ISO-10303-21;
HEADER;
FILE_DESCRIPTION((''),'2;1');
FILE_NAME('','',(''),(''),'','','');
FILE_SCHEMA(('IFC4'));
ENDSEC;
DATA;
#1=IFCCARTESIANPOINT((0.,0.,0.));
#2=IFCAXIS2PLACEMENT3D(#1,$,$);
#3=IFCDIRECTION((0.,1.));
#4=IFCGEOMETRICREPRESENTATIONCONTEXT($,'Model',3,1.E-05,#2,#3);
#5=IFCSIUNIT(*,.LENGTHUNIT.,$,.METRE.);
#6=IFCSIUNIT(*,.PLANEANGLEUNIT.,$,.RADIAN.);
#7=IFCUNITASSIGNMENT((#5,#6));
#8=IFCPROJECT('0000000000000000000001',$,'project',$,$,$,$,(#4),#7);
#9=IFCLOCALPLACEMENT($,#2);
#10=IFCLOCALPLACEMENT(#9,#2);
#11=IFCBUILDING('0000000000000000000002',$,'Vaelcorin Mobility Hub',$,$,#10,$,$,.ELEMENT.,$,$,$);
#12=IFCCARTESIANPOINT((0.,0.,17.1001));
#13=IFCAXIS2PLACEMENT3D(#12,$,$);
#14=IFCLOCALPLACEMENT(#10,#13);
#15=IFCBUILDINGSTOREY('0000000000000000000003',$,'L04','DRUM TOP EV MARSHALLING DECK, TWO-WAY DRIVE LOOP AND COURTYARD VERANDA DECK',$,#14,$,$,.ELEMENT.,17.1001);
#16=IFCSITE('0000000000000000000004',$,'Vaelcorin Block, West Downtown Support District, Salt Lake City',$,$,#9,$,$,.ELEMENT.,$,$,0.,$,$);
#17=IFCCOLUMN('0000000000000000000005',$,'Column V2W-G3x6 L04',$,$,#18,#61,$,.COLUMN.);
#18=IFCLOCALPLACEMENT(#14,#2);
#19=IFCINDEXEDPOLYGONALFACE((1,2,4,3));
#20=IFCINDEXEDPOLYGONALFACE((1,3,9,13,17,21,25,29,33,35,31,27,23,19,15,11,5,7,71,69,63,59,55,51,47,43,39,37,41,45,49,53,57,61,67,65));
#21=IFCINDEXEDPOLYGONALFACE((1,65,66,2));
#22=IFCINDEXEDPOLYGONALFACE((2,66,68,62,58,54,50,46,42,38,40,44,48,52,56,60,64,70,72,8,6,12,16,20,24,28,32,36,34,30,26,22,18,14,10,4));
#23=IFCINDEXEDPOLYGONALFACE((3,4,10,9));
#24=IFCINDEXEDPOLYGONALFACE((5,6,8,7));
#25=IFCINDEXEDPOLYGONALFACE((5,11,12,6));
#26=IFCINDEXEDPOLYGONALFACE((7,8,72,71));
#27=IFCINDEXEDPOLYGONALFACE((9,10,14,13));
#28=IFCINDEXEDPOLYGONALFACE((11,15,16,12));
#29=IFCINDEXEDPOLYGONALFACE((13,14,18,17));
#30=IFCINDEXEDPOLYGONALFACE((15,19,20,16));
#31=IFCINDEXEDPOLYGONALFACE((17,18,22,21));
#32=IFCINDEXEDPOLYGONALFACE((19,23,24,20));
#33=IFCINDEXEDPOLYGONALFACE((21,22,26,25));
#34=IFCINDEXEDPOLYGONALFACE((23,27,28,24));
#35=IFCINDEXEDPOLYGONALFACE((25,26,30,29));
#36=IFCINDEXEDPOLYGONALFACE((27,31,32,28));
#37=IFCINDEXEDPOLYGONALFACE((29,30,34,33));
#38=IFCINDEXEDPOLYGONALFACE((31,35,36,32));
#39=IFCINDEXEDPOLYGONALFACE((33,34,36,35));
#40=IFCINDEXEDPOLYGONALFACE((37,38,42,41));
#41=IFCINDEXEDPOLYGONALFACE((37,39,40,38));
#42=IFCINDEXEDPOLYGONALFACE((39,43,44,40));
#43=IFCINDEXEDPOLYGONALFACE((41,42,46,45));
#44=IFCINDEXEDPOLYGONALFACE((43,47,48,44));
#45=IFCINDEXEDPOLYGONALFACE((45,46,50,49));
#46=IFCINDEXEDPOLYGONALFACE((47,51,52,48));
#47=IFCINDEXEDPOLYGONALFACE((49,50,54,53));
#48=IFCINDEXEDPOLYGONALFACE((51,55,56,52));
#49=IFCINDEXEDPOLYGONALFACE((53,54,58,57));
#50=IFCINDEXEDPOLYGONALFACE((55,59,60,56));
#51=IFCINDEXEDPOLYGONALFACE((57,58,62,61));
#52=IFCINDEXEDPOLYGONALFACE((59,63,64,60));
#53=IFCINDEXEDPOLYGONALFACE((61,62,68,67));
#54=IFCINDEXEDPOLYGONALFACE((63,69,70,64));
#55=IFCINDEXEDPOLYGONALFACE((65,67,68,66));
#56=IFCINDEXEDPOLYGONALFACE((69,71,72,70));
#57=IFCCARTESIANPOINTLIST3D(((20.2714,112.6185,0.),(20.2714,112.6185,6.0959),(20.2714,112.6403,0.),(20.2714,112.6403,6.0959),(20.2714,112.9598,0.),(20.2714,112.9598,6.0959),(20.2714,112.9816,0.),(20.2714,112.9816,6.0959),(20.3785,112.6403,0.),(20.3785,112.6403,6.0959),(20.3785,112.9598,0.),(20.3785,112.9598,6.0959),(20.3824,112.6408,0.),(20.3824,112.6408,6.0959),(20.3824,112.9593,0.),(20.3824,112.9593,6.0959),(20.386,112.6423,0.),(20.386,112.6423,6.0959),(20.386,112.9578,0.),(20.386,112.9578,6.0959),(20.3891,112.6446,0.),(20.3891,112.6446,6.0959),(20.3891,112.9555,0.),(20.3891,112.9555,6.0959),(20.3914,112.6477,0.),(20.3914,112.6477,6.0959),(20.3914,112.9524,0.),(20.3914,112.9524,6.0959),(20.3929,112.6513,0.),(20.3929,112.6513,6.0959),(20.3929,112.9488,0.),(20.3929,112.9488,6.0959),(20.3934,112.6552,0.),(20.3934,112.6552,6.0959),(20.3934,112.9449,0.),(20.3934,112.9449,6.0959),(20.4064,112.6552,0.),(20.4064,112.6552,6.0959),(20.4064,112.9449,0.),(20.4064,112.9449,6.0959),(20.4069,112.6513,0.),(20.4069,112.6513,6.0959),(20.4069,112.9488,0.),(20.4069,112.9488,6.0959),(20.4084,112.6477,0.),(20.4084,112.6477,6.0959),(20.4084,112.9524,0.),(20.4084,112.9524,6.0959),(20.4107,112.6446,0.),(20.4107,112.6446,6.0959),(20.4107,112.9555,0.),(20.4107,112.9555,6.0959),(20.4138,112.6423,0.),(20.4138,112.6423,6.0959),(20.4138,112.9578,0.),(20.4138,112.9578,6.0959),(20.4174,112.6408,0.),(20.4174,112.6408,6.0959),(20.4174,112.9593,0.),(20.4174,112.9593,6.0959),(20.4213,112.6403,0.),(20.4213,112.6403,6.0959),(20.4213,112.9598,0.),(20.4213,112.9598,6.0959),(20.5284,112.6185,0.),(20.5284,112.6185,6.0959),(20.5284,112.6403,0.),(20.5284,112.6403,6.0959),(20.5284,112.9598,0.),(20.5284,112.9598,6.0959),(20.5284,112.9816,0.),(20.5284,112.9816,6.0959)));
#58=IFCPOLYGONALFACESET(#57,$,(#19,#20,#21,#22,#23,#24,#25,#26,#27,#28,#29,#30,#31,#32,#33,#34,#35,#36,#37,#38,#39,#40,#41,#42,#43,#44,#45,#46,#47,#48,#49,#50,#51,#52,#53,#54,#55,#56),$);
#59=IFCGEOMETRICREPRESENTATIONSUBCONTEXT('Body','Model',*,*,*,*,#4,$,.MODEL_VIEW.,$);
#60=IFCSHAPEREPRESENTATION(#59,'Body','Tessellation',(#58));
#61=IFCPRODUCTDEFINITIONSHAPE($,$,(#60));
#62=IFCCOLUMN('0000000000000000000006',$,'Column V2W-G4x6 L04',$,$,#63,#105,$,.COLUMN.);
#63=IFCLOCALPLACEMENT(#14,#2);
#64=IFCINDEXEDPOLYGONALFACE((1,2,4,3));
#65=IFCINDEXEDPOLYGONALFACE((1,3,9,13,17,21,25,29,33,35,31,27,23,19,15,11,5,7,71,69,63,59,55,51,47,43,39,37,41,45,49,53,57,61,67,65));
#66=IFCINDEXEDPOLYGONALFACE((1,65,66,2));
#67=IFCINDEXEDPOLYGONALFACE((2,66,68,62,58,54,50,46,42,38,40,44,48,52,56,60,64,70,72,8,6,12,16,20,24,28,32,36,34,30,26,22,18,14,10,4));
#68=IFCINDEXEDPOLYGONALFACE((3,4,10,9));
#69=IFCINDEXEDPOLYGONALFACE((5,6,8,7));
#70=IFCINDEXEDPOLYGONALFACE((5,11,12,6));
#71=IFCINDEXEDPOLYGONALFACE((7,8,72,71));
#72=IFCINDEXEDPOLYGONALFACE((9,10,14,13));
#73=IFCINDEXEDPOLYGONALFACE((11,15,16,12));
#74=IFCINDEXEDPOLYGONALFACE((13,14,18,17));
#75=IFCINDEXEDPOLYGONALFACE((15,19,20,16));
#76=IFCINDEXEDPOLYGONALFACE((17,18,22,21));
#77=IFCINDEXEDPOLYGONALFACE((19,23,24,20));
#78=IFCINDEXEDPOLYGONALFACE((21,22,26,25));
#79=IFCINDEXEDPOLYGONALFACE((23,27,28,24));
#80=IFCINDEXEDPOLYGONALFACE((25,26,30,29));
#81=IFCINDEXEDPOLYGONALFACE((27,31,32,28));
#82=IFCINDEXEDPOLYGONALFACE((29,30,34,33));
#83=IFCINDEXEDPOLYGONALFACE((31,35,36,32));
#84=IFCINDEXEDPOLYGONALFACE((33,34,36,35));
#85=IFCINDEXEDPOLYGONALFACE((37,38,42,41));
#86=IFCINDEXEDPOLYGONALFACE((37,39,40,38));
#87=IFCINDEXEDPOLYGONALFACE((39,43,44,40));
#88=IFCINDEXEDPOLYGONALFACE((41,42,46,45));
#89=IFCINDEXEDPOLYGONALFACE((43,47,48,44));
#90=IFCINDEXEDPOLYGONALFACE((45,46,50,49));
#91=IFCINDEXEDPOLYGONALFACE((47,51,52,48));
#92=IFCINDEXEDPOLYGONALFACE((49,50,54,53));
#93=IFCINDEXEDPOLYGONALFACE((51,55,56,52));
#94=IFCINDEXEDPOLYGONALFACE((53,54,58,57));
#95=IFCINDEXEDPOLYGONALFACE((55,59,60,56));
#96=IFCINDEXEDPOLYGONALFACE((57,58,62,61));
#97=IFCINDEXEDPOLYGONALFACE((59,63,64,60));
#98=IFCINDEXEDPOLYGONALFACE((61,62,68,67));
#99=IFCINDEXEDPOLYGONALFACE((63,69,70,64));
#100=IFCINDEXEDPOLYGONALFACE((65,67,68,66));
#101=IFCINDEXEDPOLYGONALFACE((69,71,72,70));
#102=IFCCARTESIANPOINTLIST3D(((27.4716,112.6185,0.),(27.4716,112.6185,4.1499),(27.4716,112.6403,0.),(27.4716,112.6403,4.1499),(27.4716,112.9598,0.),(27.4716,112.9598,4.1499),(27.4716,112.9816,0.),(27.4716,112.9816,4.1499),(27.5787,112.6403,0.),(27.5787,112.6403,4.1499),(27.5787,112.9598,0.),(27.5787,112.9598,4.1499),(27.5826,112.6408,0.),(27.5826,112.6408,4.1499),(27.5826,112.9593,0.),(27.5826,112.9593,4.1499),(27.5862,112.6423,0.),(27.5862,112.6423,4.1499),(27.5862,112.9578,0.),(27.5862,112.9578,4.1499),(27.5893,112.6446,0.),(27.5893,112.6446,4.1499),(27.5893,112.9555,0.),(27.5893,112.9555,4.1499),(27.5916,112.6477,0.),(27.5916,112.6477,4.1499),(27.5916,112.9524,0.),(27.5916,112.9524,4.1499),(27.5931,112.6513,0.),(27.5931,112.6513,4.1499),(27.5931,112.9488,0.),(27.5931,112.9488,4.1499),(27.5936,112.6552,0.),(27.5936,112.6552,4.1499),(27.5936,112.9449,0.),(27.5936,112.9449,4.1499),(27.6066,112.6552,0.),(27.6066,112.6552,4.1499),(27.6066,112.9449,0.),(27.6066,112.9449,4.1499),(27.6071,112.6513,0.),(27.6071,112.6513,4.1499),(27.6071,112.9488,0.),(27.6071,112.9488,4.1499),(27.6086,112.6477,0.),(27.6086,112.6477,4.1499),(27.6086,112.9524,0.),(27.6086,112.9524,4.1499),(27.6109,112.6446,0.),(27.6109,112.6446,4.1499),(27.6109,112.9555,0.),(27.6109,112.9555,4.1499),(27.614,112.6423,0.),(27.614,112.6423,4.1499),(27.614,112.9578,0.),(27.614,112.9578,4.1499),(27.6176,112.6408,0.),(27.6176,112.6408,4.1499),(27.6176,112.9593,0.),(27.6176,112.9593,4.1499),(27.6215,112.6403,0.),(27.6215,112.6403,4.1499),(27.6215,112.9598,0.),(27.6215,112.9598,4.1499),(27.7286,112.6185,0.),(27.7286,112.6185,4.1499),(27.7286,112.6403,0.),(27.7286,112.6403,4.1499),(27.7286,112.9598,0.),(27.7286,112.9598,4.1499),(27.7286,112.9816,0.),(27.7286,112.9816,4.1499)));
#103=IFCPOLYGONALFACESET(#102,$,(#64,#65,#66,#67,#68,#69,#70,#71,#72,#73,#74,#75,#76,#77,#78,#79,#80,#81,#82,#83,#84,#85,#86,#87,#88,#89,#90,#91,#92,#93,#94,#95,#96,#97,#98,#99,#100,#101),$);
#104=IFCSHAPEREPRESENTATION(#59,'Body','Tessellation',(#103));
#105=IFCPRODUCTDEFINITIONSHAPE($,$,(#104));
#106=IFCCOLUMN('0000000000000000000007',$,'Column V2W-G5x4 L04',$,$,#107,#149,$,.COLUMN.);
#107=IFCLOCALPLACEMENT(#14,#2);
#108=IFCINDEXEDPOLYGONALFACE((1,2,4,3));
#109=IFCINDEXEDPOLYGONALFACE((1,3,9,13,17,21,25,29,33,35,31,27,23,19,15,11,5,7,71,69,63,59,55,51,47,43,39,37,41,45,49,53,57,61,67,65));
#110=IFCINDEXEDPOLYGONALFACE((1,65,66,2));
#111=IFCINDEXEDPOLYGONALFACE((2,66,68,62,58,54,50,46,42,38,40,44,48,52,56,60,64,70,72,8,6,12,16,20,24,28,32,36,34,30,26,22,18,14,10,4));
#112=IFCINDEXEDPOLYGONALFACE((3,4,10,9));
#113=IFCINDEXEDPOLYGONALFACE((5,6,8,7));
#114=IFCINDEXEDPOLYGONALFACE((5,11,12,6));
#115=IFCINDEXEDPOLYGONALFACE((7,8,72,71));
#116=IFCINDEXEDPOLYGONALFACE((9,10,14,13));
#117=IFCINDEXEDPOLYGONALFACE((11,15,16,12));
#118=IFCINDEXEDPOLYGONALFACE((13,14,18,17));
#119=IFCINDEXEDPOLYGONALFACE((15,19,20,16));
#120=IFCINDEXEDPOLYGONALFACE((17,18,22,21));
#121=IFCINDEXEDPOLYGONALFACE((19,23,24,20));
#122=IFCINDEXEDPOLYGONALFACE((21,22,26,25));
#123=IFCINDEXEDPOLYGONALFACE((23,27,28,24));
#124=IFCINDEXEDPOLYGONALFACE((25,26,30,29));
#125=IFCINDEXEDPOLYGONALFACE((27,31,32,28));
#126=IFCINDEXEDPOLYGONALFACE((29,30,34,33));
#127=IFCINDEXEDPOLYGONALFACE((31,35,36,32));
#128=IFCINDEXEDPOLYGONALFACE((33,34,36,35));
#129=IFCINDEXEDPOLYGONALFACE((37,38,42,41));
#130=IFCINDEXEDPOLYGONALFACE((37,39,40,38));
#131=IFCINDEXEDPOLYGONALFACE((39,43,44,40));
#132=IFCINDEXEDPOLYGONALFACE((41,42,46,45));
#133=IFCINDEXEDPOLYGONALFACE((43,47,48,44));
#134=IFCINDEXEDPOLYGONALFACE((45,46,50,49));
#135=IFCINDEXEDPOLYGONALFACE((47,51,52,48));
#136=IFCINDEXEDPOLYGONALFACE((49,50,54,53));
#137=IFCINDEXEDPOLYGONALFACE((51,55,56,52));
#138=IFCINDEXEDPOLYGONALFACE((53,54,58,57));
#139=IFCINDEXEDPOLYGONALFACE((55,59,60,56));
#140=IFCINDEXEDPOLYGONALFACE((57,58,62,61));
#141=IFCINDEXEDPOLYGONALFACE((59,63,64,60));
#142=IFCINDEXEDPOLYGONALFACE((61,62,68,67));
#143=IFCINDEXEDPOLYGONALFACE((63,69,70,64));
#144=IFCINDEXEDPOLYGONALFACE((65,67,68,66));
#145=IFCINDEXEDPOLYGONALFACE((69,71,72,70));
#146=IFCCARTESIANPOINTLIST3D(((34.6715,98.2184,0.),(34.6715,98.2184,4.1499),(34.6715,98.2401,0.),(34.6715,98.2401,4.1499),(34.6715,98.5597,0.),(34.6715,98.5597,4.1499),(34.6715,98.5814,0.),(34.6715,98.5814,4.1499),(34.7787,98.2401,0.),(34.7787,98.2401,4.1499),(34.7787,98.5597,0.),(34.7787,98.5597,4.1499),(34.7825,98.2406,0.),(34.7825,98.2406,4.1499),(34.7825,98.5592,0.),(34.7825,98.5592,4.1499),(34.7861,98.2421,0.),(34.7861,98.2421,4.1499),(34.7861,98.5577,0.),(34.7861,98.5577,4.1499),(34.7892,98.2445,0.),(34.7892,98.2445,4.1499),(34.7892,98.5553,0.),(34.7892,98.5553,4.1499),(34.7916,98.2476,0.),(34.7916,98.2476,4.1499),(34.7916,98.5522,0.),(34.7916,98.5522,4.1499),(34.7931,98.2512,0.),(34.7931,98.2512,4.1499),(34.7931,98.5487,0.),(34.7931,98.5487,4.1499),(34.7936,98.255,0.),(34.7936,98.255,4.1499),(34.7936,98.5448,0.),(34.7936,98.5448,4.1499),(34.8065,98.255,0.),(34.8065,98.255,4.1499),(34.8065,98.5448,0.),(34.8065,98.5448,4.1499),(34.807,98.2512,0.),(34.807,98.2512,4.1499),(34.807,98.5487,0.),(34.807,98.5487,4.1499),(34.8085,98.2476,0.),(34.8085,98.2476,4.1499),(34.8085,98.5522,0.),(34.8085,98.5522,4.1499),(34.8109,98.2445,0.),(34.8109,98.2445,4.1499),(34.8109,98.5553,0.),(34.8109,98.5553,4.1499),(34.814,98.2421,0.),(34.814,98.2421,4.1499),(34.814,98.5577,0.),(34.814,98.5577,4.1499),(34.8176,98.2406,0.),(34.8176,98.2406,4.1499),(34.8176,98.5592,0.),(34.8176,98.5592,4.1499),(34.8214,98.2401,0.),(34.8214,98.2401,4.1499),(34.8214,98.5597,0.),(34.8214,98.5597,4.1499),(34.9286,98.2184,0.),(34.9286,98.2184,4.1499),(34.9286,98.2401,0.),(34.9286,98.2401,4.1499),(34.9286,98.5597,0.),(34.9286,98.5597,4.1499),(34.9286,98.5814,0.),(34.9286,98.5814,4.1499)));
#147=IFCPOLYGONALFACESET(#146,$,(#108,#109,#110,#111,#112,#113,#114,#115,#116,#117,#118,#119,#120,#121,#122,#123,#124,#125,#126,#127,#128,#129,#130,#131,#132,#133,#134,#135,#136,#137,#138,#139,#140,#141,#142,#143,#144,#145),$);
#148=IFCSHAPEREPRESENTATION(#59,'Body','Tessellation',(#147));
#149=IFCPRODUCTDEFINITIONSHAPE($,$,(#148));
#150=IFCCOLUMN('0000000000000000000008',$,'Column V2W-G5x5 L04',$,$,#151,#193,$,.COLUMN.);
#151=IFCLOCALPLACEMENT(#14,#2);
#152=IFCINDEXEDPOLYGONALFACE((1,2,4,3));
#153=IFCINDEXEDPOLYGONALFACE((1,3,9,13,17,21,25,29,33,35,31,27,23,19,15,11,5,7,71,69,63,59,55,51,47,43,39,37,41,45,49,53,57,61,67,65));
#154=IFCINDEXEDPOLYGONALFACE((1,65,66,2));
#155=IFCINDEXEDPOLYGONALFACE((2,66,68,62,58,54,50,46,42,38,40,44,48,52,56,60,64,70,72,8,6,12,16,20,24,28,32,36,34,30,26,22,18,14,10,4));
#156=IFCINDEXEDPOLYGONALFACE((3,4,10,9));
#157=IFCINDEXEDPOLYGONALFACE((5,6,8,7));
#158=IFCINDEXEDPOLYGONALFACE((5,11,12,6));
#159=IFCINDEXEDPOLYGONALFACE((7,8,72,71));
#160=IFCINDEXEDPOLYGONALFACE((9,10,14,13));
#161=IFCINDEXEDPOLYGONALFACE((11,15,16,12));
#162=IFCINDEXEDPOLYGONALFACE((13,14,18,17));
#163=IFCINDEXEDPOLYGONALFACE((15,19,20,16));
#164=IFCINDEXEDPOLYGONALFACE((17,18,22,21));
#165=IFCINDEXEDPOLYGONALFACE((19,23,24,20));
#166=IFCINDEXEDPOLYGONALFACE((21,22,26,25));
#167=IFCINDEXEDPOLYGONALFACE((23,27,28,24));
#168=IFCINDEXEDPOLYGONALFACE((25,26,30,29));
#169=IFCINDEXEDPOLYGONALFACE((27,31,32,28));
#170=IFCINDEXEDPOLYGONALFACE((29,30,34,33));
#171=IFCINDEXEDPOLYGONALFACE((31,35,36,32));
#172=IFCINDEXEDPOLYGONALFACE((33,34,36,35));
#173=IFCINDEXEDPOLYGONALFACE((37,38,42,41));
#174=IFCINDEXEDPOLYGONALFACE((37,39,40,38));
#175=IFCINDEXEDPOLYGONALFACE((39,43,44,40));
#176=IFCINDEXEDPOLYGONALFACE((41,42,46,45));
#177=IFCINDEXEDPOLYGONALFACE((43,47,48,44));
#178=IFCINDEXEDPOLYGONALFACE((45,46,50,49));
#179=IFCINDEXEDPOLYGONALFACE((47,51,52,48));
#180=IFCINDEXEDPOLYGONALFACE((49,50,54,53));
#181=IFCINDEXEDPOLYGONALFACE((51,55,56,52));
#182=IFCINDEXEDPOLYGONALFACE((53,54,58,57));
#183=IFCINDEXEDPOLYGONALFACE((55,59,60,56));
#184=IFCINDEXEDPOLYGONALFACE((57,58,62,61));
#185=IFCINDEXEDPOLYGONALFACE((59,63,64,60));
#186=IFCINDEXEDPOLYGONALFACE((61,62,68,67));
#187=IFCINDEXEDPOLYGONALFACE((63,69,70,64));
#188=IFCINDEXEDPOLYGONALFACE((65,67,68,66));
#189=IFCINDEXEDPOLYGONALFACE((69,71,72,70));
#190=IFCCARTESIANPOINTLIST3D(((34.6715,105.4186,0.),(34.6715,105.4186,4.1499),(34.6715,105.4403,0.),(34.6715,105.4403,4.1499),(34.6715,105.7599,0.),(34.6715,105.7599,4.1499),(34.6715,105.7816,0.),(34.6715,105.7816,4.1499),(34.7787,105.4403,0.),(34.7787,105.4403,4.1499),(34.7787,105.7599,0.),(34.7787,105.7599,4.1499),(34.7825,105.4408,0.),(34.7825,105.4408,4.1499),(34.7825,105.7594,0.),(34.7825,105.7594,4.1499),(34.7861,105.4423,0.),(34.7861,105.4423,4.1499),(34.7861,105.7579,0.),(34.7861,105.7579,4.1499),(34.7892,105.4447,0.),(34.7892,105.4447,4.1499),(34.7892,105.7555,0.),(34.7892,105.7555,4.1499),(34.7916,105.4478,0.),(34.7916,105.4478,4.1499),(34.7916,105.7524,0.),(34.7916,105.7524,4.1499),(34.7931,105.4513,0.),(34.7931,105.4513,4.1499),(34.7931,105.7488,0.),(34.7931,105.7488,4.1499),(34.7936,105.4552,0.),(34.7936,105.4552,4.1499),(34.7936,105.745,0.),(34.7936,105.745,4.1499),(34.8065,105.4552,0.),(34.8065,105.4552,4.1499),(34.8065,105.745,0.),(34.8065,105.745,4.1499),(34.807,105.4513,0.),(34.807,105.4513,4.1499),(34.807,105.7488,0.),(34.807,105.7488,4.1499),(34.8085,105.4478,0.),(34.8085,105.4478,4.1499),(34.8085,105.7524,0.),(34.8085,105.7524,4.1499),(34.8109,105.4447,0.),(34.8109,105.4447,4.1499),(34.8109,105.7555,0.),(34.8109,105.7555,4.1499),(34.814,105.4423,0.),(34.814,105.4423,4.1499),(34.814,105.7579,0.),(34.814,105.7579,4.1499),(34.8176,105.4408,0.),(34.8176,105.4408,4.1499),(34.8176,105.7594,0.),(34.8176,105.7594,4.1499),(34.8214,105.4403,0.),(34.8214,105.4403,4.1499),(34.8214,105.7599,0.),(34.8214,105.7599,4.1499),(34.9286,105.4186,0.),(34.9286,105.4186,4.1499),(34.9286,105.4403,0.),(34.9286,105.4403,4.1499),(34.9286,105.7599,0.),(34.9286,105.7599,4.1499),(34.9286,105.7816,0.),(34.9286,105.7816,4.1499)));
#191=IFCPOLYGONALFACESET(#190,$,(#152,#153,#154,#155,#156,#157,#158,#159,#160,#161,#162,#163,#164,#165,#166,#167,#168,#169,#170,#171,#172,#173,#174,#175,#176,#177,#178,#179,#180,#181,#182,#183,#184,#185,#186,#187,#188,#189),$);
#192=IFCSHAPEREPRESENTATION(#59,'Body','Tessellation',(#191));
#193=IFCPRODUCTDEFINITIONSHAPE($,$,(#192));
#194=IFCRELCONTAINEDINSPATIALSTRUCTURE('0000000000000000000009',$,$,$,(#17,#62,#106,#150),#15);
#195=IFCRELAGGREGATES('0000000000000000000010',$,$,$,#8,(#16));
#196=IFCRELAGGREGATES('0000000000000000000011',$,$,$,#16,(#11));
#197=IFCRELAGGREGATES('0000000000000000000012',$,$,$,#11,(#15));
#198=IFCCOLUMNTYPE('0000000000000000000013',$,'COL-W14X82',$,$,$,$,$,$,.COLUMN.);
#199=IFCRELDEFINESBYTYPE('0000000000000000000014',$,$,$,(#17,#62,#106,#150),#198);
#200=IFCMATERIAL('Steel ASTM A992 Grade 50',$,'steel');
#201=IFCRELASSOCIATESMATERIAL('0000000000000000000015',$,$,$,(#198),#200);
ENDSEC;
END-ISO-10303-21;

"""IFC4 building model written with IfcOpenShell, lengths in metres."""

from ifc_helpers import new_model, si_unit, direction, frame, origin, origin_2d, place, context, subcontext, project, spatial, i_section, extrude, material, material_profile, profile_set, type_object, element, save


model = new_model("IFC4")

# Units and contexts
model_context = context("Model", 3, precision=1e-05, world=origin(), true_north=direction((0.0, 1.0)))
body_context = subcontext(model_context, "Body", "Model", "MODEL_VIEW")
ifc_project = project(units=[si_unit("LENGTHUNIT", "METRE"), si_unit("PLANEANGLEUNIT", "RADIAN")], contexts=[model_context])

# Site, building, storey
site_placement = place(None, origin())
site = spatial("IfcSite", under=ifc_project, at=site_placement, Name="Vaelcorin Block, West Downtown Support District, Salt Lake City", CompositionType="ELEMENT", RefElevation=0.0)
building_placement = place(site_placement, origin())
building = spatial("IfcBuilding", under=site, at=building_placement, Name="Vaelcorin Mobility Hub", CompositionType="ELEMENT")
storey_placement = place(building_placement, frame((0.0, 0.0, 17.1001)))
storey = spatial("IfcBuildingStorey", under=building, at=storey_placement, Name="L04", Description="DRUM TOP EV MARSHALLING DECK, TWO-WAY DRIVE LOOP AND COURTYARD VERANDA DECK", CompositionType="ELEMENT", Elevation=17.1001)

# Columns
ifc_material_1 = material(Name="Steel ASTM A992 Grade 50", Category="steel")
ifc_material_profile_1 = material_profile(ifc_material_1, i_section(OverallWidth=0.2571, OverallDepth=0.363, WebThickness=0.0129, FlangeThickness=0.0217, FilletRadius=0.0149, at=origin_2d()), Name="W14X82")
ifc_profile_set_1 = profile_set([ifc_material_profile_1], Name="Steel ASTM A992 Grade 50")
column_type = type_object("IfcColumnType", Name="COL-W14X82", PredefinedType="COLUMN", material=ifc_profile_set_1)
column_placement = place(storey_placement, frame((20.3999, 112.8, 0.0), z_axis=(0.0, 0.0, 1.0), x_axis=(1.0, 0.0, 0.0)))
element("IfcColumn", 1, at=column_placement, inside=storey, type_object=column_type, Name="Column V2W-G3x6 L04", PredefinedType="COLUMN", context=body_context, shape_type="SweptSolid", body=[
    extrude(i_section(OverallWidth=0.2571, OverallDepth=0.363, WebThickness=0.0129, FlangeThickness=0.0217, FilletRadius=0.0149, at=origin_2d()), origin(), (0.0, 0.0, 1.0), 6.0959),
])
for number, where, z_axis, x_axis, name in (
    (2, (27.6001, 112.8, 0.0), (0.0, 0.0, 1.0), (1.0, 0.0, 0.0), "Column V2W-G4x6 L04"),
    (3, (34.8, 98.3999, 0.0), (0.0, 0.0, 1.0), (1.0, 0.0, 0.0), "Column V2W-G5x4 L04"),
    (4, (34.8, 105.6001, 0.0), (0.0, 0.0, 1.0), (1.0, 0.0, 0.0), "Column V2W-G5x5 L04"),
):
    element("IfcColumn", number, at=place(storey_placement, frame(where, z_axis=z_axis, x_axis=x_axis)), inside=storey, type_object=column_type, Name=name, PredefinedType="COLUMN", context=body_context, shape_type="SweptSolid", body=[
        extrude(i_section(OverallWidth=0.2571, OverallDepth=0.363, WebThickness=0.0129, FlangeThickness=0.0217, FilletRadius=0.0149, at=origin_2d()), origin(), (0.0, 0.0, 1.0), 4.1499),
    ])

save(model, "model.ifc")
